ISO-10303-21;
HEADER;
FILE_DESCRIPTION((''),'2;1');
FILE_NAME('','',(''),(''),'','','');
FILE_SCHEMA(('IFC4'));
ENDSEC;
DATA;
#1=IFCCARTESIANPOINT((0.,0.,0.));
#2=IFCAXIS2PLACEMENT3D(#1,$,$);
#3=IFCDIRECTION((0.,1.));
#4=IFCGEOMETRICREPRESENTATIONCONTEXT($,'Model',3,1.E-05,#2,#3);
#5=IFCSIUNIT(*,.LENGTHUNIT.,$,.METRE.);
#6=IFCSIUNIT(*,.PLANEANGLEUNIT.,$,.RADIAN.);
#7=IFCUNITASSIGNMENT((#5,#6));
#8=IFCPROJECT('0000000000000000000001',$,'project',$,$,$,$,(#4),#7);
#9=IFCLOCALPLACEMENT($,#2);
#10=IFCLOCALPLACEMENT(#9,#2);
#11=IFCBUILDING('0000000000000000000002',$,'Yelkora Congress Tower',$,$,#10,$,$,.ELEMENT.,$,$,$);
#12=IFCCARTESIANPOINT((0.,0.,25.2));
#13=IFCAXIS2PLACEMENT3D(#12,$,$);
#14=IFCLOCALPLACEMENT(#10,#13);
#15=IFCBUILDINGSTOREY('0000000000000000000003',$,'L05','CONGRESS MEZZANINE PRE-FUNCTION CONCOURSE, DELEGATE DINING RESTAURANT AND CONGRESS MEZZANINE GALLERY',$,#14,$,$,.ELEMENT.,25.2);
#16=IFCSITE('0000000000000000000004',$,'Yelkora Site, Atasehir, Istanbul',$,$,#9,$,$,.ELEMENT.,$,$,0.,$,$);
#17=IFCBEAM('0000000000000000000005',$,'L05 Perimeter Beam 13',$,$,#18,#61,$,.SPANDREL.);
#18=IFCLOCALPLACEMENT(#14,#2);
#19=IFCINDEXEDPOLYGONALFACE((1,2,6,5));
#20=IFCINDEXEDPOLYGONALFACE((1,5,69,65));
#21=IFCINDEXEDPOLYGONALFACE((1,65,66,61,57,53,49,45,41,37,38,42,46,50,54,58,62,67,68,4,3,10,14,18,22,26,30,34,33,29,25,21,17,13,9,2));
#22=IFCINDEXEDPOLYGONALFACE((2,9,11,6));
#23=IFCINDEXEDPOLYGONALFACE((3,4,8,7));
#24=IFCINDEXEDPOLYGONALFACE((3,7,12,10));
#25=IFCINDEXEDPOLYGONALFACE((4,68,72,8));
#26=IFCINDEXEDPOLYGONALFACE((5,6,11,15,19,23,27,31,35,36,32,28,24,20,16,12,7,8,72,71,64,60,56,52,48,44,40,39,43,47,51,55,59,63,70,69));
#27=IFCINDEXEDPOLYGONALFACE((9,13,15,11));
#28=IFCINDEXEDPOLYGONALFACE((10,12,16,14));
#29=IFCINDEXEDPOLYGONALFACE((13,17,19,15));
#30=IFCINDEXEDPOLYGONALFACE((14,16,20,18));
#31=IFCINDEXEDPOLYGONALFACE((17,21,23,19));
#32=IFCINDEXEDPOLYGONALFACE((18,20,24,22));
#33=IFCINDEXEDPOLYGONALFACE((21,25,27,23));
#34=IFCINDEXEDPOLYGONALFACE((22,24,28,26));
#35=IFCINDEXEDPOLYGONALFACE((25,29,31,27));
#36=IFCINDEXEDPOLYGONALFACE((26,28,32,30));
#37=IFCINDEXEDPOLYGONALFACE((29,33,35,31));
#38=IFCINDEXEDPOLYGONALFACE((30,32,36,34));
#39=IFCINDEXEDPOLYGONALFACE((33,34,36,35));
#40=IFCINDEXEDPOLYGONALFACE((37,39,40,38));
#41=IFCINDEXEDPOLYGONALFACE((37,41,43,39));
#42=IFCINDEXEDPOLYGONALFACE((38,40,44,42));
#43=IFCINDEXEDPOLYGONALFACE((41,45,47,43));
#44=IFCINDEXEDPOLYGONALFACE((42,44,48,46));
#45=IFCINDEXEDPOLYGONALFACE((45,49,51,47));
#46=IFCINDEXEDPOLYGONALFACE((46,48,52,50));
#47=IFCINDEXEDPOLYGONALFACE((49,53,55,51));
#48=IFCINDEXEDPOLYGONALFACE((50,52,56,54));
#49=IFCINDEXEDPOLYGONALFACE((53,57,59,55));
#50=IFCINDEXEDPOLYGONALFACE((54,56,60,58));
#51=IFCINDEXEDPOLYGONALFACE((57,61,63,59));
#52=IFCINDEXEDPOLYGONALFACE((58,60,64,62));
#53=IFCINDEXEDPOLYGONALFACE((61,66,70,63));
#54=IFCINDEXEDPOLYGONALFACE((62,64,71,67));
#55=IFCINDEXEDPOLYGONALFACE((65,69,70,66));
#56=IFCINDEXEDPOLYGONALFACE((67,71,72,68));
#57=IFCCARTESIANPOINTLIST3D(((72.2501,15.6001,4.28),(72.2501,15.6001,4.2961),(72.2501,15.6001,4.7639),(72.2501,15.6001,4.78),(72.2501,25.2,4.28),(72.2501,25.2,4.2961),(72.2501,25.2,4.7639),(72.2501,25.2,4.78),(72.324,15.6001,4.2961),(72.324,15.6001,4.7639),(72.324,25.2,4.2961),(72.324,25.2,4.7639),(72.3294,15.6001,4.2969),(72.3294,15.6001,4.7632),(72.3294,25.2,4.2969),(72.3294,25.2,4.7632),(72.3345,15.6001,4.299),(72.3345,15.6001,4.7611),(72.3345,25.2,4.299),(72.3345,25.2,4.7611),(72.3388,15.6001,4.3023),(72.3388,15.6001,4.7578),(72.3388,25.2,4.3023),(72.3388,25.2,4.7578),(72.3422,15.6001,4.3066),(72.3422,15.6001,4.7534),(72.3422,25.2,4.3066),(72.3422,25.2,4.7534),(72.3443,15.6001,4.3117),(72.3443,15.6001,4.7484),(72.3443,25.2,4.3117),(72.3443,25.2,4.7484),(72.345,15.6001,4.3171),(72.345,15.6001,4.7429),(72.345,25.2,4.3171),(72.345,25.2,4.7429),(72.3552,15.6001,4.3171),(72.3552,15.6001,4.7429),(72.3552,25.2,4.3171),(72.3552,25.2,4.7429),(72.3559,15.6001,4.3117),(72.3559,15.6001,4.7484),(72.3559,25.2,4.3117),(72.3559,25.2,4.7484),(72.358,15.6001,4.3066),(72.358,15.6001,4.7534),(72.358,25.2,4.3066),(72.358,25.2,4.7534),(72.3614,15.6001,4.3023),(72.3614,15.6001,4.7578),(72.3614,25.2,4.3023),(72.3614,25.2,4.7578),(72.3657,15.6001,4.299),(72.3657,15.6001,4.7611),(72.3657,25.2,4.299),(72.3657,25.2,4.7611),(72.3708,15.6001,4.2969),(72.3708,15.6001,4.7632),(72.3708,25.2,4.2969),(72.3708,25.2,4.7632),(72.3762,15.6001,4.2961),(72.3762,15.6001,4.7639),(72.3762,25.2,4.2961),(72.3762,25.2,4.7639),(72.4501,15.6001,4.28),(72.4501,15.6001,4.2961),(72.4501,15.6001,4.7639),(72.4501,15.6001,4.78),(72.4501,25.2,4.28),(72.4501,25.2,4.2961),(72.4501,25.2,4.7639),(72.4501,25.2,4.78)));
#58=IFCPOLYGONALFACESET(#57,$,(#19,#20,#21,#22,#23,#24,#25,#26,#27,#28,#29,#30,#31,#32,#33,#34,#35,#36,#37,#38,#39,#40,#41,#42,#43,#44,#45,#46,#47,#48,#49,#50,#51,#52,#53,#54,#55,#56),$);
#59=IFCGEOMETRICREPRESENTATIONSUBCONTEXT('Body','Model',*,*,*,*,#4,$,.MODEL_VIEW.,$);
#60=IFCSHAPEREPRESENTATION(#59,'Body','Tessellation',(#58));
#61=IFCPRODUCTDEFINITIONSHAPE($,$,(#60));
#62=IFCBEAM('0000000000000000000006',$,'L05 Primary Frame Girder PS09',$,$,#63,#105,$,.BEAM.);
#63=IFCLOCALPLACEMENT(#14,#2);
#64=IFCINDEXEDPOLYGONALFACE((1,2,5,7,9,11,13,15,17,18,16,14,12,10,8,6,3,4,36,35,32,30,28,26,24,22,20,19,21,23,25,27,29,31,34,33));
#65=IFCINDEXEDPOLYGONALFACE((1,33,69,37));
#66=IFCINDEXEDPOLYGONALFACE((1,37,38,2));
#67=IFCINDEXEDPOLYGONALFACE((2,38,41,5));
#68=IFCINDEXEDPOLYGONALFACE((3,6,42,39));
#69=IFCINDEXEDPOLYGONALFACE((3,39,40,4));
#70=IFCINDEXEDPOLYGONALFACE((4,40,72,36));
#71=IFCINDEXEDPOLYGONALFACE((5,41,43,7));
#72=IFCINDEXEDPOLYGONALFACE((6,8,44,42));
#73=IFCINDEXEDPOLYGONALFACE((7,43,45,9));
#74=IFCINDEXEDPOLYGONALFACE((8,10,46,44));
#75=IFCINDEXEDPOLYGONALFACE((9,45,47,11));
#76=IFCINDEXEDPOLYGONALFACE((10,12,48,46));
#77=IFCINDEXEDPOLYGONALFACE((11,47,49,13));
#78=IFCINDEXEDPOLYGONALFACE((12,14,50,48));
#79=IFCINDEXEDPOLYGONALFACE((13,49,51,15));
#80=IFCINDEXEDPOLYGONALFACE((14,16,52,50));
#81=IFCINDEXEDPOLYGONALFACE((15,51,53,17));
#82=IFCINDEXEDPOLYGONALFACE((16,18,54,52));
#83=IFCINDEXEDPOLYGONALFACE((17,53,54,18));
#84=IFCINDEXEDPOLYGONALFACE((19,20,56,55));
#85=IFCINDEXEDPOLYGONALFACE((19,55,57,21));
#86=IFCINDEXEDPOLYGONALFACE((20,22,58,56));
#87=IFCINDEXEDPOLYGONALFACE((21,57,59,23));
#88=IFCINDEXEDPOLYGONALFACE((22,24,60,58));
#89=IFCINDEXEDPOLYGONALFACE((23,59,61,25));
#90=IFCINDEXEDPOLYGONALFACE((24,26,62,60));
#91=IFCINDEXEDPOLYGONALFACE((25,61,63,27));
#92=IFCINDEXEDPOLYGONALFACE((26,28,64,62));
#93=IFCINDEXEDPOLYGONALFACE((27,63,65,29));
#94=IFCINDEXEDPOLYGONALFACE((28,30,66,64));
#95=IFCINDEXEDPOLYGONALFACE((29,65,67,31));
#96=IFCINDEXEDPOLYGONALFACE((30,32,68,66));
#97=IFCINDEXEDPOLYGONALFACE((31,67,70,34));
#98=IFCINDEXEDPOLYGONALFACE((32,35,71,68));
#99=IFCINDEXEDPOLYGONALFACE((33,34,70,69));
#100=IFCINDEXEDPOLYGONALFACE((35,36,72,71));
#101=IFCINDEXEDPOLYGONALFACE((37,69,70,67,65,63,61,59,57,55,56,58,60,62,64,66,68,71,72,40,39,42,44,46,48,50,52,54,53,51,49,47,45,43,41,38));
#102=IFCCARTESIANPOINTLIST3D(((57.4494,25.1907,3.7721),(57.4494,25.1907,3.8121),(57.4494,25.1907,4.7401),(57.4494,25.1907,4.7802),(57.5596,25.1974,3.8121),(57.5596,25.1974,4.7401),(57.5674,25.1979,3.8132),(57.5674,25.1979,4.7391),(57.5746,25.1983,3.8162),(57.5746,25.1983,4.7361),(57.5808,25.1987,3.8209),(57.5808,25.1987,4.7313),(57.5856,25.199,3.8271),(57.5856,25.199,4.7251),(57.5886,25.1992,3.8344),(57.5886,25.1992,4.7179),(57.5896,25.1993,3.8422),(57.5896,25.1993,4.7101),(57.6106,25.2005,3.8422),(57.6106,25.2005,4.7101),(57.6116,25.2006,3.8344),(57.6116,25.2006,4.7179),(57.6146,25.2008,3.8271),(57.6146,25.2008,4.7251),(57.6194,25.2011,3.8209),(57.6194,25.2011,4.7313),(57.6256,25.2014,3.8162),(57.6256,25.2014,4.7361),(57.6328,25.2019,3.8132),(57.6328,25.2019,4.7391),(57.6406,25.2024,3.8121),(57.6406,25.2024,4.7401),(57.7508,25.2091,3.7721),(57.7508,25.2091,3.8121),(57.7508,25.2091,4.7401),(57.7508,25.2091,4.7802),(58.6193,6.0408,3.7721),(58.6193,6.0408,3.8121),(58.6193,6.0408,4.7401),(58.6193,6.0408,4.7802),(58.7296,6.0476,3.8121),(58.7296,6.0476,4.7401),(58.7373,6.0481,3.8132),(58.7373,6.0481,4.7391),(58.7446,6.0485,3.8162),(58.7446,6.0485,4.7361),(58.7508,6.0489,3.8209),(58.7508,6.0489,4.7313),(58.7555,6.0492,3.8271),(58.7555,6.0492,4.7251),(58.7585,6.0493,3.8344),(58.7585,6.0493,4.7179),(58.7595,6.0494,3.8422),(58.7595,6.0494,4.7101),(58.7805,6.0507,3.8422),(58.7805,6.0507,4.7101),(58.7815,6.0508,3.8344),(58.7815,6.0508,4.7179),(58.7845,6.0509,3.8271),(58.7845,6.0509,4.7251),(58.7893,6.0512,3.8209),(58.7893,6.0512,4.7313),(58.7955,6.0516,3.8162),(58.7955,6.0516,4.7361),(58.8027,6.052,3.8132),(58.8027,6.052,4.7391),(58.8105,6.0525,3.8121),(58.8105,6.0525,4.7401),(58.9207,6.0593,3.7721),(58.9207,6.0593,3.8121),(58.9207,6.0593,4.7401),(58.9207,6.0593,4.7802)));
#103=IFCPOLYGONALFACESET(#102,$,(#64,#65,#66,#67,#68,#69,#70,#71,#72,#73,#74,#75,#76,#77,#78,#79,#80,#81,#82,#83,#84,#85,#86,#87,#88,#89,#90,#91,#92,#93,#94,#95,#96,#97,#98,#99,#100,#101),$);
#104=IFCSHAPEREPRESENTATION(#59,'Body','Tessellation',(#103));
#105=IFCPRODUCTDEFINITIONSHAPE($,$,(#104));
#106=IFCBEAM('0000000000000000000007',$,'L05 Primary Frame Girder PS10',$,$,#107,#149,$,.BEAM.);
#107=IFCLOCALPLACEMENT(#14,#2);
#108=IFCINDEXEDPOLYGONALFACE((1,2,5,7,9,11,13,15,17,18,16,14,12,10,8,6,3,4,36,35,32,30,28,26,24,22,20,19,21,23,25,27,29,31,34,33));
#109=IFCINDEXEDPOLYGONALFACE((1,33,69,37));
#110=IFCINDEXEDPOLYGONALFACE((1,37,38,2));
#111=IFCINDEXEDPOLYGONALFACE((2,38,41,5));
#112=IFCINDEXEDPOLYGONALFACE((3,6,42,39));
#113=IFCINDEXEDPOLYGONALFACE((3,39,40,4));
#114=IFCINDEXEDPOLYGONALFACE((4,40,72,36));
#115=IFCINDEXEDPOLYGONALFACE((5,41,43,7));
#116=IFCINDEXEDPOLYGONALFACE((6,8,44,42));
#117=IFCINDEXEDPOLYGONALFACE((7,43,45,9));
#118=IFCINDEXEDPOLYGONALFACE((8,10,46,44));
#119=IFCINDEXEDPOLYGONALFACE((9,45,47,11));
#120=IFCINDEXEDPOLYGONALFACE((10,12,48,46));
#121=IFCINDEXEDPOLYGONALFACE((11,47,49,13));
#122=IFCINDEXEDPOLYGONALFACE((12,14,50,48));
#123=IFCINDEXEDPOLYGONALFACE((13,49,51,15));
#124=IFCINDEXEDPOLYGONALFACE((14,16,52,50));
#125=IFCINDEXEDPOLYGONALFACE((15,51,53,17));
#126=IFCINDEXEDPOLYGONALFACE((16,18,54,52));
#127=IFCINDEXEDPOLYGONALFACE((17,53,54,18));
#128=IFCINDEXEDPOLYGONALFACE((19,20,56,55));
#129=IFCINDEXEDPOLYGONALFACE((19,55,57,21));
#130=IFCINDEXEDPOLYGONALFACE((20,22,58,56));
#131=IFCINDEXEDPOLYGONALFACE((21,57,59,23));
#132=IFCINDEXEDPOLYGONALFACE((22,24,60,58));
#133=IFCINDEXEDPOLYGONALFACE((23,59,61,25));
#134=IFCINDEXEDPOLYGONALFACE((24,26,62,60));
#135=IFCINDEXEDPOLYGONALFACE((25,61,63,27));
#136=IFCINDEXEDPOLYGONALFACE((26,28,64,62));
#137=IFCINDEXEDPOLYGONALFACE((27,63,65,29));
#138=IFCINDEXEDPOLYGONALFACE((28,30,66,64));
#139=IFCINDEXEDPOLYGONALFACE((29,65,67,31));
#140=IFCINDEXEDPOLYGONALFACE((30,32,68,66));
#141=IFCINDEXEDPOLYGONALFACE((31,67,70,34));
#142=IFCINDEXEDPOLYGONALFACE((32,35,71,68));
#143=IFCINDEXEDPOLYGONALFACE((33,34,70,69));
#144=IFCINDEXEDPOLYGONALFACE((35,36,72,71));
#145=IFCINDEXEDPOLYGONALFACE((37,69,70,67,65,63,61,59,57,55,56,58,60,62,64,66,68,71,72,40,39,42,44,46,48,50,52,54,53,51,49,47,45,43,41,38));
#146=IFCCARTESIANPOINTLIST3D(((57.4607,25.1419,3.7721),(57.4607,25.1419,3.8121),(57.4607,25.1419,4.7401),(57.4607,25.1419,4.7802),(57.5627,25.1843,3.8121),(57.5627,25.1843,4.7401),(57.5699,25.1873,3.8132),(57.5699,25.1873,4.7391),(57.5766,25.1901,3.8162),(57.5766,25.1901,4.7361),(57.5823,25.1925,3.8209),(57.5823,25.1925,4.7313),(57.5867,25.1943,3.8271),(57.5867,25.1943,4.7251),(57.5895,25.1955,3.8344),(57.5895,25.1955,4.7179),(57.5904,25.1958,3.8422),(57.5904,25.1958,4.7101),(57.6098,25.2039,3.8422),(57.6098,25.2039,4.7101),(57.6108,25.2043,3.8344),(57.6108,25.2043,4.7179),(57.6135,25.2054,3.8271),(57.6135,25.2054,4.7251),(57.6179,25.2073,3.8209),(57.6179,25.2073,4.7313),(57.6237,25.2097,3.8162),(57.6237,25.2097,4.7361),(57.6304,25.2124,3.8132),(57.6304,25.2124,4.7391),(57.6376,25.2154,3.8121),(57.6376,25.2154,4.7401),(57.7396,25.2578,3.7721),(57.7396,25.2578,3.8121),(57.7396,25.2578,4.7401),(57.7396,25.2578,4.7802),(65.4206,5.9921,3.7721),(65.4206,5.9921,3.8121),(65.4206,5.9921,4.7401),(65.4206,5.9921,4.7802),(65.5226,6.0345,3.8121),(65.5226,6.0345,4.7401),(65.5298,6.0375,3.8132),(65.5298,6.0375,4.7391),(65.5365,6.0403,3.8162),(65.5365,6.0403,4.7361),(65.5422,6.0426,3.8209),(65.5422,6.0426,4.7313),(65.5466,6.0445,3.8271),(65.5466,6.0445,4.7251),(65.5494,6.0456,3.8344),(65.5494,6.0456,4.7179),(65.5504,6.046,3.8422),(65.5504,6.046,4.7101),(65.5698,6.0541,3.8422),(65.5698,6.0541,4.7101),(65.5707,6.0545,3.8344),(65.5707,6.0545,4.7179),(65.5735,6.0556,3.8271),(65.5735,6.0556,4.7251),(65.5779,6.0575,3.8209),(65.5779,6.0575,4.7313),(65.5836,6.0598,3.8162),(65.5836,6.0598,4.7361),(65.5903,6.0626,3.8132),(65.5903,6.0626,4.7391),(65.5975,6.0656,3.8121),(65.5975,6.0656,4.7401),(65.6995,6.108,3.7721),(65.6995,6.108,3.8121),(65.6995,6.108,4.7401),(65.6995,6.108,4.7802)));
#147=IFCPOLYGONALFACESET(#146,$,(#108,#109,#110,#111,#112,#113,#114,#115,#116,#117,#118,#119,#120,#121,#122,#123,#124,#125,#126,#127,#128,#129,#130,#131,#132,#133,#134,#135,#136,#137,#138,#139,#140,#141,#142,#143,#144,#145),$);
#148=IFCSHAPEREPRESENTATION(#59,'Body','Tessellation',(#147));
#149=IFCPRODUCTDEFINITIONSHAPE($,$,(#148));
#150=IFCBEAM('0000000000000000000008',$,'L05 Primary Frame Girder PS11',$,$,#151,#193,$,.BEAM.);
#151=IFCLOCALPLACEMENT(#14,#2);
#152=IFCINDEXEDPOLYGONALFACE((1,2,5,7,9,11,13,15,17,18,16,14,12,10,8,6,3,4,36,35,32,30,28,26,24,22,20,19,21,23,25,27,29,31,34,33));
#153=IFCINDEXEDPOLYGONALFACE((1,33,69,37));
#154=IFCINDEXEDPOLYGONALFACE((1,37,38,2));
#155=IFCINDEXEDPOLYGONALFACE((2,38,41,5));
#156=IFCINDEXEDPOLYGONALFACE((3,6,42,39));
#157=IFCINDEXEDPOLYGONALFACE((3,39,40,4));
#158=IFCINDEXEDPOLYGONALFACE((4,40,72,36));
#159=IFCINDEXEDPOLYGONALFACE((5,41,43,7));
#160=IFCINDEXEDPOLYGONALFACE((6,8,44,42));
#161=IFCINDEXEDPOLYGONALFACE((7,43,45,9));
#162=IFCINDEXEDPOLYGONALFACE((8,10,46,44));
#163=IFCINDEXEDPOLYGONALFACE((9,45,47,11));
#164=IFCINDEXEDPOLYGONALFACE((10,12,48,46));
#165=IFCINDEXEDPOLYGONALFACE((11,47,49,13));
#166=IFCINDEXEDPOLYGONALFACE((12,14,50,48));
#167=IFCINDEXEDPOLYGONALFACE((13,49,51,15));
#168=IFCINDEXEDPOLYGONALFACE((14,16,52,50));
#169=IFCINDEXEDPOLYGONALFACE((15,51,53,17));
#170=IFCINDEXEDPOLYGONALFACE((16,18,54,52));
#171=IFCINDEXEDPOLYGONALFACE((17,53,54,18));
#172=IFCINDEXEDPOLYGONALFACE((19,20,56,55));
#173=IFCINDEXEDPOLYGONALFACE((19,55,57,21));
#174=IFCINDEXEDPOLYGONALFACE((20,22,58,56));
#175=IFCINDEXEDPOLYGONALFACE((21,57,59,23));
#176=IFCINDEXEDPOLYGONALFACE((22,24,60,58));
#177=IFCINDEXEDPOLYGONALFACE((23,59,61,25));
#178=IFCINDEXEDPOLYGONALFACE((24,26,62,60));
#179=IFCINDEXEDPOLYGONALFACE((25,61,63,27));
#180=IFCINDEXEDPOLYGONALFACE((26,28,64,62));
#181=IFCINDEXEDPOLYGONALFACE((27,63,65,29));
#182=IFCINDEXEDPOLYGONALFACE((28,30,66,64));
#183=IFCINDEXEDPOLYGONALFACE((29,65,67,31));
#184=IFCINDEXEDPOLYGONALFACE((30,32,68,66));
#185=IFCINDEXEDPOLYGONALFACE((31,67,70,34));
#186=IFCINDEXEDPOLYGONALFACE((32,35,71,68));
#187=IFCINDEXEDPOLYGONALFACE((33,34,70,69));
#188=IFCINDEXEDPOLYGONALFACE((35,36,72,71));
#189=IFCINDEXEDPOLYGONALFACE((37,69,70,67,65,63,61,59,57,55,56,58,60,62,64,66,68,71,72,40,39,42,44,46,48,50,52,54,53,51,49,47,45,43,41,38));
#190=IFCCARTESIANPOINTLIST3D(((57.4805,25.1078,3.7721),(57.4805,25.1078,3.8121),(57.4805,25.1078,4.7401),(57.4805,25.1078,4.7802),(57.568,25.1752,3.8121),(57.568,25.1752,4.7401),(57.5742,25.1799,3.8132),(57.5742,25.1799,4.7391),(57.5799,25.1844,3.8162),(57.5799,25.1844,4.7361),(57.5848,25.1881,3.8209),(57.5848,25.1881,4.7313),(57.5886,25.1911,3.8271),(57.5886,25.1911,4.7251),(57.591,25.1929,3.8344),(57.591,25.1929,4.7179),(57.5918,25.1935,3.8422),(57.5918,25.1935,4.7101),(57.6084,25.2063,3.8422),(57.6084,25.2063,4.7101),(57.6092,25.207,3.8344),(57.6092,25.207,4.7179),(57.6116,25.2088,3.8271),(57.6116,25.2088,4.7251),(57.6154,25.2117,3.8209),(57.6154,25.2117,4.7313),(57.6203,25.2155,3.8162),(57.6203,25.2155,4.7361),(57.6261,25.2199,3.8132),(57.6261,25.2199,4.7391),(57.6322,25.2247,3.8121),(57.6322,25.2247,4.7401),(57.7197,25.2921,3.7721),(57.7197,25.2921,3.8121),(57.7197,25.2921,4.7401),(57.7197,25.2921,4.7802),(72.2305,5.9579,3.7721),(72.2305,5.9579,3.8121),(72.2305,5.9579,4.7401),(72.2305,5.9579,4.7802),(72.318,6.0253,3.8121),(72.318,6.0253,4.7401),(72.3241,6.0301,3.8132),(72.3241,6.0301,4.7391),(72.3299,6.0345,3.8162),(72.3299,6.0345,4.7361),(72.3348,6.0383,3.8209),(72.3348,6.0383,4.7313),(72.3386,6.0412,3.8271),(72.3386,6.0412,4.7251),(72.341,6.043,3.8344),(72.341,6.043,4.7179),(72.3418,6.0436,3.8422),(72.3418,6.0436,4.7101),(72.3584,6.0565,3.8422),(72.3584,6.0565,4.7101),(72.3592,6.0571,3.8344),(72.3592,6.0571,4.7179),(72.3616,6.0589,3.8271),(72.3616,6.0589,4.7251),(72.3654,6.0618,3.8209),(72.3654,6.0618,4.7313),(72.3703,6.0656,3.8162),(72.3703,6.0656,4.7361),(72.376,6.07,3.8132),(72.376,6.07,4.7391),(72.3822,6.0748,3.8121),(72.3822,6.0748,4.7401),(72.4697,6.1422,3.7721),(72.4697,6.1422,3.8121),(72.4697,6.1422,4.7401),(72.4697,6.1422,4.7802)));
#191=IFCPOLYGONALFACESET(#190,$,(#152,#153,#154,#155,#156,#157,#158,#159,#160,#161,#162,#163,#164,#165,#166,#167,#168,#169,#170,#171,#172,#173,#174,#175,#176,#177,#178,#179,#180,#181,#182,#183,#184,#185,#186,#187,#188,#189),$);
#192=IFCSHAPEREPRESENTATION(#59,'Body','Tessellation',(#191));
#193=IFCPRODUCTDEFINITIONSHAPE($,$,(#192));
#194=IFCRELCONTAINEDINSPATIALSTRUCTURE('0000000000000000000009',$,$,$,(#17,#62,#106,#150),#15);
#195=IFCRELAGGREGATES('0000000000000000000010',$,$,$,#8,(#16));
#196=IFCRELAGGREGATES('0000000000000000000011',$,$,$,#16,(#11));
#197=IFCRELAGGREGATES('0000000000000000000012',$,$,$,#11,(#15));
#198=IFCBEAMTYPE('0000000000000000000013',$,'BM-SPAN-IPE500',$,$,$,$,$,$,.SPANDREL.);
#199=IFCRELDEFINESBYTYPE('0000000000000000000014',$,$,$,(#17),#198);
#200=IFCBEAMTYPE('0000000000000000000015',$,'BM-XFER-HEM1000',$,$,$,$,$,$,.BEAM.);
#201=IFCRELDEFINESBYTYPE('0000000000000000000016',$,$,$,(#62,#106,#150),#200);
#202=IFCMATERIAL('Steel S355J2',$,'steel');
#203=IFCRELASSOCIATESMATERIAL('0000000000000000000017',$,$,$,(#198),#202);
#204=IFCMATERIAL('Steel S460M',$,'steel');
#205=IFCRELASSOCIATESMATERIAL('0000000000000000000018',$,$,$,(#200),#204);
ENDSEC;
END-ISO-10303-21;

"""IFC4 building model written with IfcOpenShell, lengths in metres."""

from ifc_helpers import new_model, si_unit, direction, frame, origin, origin_2d, place, context, subcontext, project, spatial, i_section, extrude, material, material_profile, profile_set, type_object, element, save


model = new_model("IFC4")

# Units and contexts
model_context = context("Model", 3, precision=1e-05, world=origin(), true_north=direction((0.0, 1.0)))
body_context = subcontext(model_context, "Body", "Model", "MODEL_VIEW")
ifc_project = project(units=[si_unit("LENGTHUNIT", "METRE"), si_unit("PLANEANGLEUNIT", "RADIAN")], contexts=[model_context])

# Site, building, storey
site_placement = place(None, origin())
site = spatial("IfcSite", under=ifc_project, at=site_placement, Name="Yelkora Site, Atasehir, Istanbul", CompositionType="ELEMENT", RefElevation=0.0)
building_placement = place(site_placement, origin())
building = spatial("IfcBuilding", under=site, at=building_placement, Name="Yelkora Congress Tower", CompositionType="ELEMENT")
storey_placement = place(building_placement, frame((0.0, 0.0, 25.2)))
storey = spatial("IfcBuildingStorey", under=building, at=storey_placement, Name="L05", Description="CONGRESS MEZZANINE PRE-FUNCTION CONCOURSE, DELEGATE DINING RESTAURANT AND CONGRESS MEZZANINE GALLERY", CompositionType="ELEMENT", Elevation=25.2)

# Beams
ifc_material_1 = material(Name="Steel S355J2", Category="steel")
ifc_material_profile_1 = material_profile(ifc_material_1, i_section(OverallWidth=0.2, OverallDepth=0.5, WebThickness=0.0103, FlangeThickness=0.0161, FilletRadius=0.021, at=origin_2d()), Name="IPE 500")
ifc_profile_set_1 = profile_set([ifc_material_profile_1], Name="Steel S355J2")
beam_type_1 = type_object("IfcBeamType", Name="BM-SPAN-IPE500", PredefinedType="SPANDREL", material=ifc_profile_set_1)
beam_1_placement = place(storey_placement, frame((72.3501, 15.6001, 4.53), z_axis=(0.0, 1.0, 0.0), x_axis=(-1.0, 0.0, 0.0)))
element("IfcBeam", 1, at=beam_1_placement, inside=storey, type_object=beam_type_1, Name="L05 Perimeter Beam 13", PredefinedType="SPANDREL", context=body_context, shape_type="SweptSolid", body=[
    extrude(i_section(OverallWidth=0.2, OverallDepth=0.5, WebThickness=0.0103, FlangeThickness=0.0161, FilletRadius=0.021, at=origin_2d()), origin(), (0.0, 0.0, 1.0), 9.5999),
])
ifc_material_2 = material(Name="Steel S460M", Category="steel")
ifc_material_profile_2 = material_profile(ifc_material_2, i_section(OverallWidth=0.302, OverallDepth=1.0081, WebThickness=0.021, FlangeThickness=0.04, FilletRadius=0.03, at=origin_2d()), Name="HEM 1000")
ifc_profile_set_2 = profile_set([ifc_material_profile_2], Name="Steel S460M")
beam_type_2 = type_object("IfcBeamType", Name="BM-XFER-HEM1000", PredefinedType="BEAM", material=ifc_profile_set_2)
beam_2_placement = place(storey_placement, frame((58.77, 6.05, 4.2761), z_axis=(-0.060979, 0.998139, 0.0), x_axis=(-0.998139, -0.060979, 0.0)))
element("IfcBeam", 2, at=beam_2_placement, inside=storey, type_object=beam_type_2, Name="L05 Primary Frame Girder PS09", PredefinedType="BEAM", context=body_context, shape_type="SweptSolid", body=[
    extrude(i_section(OverallWidth=0.302, OverallDepth=1.0081, WebThickness=0.021, FlangeThickness=0.04, FilletRadius=0.03, at=origin_2d()), origin(), (0.0, 0.0, 1.0), 19.1855),
])
beam_3_placement = place(storey_placement, frame((65.5601, 6.05, 4.2761), z_axis=(-0.383828, 0.923405, 0.0), x_axis=(-0.923405, -0.383828, 0.0)))
element("IfcBeam", 3, at=beam_3_placement, inside=storey, type_object=beam_type_2, Name="L05 Primary Frame Girder PS10", PredefinedType="BEAM", context=body_context, shape_type="SweptSolid", body=[
    extrude(i_section(OverallWidth=0.302, OverallDepth=1.0081, WebThickness=0.021, FlangeThickness=0.04, FilletRadius=0.03, at=origin_2d()), origin(), (0.0, 0.0, 1.0), 20.7383),
])
beam_4_placement = place(storey_placement, frame((72.3501, 6.05, 4.2761), z_axis=(-0.610212, 0.792238, 0.0), x_axis=(-0.792238, -0.610212, 0.0)))
element("IfcBeam", 4, at=beam_4_placement, inside=storey, type_object=beam_type_2, Name="L05 Primary Frame Girder PS11", PredefinedType="BEAM", context=body_context, shape_type="SweptSolid", body=[
    extrude(i_section(OverallWidth=0.302, OverallDepth=1.0081, WebThickness=0.021, FlangeThickness=0.04, FilletRadius=0.03, at=origin_2d()), origin(), (0.0, 0.0, 1.0), 24.1719),
])

save(model, "model.ifc")
